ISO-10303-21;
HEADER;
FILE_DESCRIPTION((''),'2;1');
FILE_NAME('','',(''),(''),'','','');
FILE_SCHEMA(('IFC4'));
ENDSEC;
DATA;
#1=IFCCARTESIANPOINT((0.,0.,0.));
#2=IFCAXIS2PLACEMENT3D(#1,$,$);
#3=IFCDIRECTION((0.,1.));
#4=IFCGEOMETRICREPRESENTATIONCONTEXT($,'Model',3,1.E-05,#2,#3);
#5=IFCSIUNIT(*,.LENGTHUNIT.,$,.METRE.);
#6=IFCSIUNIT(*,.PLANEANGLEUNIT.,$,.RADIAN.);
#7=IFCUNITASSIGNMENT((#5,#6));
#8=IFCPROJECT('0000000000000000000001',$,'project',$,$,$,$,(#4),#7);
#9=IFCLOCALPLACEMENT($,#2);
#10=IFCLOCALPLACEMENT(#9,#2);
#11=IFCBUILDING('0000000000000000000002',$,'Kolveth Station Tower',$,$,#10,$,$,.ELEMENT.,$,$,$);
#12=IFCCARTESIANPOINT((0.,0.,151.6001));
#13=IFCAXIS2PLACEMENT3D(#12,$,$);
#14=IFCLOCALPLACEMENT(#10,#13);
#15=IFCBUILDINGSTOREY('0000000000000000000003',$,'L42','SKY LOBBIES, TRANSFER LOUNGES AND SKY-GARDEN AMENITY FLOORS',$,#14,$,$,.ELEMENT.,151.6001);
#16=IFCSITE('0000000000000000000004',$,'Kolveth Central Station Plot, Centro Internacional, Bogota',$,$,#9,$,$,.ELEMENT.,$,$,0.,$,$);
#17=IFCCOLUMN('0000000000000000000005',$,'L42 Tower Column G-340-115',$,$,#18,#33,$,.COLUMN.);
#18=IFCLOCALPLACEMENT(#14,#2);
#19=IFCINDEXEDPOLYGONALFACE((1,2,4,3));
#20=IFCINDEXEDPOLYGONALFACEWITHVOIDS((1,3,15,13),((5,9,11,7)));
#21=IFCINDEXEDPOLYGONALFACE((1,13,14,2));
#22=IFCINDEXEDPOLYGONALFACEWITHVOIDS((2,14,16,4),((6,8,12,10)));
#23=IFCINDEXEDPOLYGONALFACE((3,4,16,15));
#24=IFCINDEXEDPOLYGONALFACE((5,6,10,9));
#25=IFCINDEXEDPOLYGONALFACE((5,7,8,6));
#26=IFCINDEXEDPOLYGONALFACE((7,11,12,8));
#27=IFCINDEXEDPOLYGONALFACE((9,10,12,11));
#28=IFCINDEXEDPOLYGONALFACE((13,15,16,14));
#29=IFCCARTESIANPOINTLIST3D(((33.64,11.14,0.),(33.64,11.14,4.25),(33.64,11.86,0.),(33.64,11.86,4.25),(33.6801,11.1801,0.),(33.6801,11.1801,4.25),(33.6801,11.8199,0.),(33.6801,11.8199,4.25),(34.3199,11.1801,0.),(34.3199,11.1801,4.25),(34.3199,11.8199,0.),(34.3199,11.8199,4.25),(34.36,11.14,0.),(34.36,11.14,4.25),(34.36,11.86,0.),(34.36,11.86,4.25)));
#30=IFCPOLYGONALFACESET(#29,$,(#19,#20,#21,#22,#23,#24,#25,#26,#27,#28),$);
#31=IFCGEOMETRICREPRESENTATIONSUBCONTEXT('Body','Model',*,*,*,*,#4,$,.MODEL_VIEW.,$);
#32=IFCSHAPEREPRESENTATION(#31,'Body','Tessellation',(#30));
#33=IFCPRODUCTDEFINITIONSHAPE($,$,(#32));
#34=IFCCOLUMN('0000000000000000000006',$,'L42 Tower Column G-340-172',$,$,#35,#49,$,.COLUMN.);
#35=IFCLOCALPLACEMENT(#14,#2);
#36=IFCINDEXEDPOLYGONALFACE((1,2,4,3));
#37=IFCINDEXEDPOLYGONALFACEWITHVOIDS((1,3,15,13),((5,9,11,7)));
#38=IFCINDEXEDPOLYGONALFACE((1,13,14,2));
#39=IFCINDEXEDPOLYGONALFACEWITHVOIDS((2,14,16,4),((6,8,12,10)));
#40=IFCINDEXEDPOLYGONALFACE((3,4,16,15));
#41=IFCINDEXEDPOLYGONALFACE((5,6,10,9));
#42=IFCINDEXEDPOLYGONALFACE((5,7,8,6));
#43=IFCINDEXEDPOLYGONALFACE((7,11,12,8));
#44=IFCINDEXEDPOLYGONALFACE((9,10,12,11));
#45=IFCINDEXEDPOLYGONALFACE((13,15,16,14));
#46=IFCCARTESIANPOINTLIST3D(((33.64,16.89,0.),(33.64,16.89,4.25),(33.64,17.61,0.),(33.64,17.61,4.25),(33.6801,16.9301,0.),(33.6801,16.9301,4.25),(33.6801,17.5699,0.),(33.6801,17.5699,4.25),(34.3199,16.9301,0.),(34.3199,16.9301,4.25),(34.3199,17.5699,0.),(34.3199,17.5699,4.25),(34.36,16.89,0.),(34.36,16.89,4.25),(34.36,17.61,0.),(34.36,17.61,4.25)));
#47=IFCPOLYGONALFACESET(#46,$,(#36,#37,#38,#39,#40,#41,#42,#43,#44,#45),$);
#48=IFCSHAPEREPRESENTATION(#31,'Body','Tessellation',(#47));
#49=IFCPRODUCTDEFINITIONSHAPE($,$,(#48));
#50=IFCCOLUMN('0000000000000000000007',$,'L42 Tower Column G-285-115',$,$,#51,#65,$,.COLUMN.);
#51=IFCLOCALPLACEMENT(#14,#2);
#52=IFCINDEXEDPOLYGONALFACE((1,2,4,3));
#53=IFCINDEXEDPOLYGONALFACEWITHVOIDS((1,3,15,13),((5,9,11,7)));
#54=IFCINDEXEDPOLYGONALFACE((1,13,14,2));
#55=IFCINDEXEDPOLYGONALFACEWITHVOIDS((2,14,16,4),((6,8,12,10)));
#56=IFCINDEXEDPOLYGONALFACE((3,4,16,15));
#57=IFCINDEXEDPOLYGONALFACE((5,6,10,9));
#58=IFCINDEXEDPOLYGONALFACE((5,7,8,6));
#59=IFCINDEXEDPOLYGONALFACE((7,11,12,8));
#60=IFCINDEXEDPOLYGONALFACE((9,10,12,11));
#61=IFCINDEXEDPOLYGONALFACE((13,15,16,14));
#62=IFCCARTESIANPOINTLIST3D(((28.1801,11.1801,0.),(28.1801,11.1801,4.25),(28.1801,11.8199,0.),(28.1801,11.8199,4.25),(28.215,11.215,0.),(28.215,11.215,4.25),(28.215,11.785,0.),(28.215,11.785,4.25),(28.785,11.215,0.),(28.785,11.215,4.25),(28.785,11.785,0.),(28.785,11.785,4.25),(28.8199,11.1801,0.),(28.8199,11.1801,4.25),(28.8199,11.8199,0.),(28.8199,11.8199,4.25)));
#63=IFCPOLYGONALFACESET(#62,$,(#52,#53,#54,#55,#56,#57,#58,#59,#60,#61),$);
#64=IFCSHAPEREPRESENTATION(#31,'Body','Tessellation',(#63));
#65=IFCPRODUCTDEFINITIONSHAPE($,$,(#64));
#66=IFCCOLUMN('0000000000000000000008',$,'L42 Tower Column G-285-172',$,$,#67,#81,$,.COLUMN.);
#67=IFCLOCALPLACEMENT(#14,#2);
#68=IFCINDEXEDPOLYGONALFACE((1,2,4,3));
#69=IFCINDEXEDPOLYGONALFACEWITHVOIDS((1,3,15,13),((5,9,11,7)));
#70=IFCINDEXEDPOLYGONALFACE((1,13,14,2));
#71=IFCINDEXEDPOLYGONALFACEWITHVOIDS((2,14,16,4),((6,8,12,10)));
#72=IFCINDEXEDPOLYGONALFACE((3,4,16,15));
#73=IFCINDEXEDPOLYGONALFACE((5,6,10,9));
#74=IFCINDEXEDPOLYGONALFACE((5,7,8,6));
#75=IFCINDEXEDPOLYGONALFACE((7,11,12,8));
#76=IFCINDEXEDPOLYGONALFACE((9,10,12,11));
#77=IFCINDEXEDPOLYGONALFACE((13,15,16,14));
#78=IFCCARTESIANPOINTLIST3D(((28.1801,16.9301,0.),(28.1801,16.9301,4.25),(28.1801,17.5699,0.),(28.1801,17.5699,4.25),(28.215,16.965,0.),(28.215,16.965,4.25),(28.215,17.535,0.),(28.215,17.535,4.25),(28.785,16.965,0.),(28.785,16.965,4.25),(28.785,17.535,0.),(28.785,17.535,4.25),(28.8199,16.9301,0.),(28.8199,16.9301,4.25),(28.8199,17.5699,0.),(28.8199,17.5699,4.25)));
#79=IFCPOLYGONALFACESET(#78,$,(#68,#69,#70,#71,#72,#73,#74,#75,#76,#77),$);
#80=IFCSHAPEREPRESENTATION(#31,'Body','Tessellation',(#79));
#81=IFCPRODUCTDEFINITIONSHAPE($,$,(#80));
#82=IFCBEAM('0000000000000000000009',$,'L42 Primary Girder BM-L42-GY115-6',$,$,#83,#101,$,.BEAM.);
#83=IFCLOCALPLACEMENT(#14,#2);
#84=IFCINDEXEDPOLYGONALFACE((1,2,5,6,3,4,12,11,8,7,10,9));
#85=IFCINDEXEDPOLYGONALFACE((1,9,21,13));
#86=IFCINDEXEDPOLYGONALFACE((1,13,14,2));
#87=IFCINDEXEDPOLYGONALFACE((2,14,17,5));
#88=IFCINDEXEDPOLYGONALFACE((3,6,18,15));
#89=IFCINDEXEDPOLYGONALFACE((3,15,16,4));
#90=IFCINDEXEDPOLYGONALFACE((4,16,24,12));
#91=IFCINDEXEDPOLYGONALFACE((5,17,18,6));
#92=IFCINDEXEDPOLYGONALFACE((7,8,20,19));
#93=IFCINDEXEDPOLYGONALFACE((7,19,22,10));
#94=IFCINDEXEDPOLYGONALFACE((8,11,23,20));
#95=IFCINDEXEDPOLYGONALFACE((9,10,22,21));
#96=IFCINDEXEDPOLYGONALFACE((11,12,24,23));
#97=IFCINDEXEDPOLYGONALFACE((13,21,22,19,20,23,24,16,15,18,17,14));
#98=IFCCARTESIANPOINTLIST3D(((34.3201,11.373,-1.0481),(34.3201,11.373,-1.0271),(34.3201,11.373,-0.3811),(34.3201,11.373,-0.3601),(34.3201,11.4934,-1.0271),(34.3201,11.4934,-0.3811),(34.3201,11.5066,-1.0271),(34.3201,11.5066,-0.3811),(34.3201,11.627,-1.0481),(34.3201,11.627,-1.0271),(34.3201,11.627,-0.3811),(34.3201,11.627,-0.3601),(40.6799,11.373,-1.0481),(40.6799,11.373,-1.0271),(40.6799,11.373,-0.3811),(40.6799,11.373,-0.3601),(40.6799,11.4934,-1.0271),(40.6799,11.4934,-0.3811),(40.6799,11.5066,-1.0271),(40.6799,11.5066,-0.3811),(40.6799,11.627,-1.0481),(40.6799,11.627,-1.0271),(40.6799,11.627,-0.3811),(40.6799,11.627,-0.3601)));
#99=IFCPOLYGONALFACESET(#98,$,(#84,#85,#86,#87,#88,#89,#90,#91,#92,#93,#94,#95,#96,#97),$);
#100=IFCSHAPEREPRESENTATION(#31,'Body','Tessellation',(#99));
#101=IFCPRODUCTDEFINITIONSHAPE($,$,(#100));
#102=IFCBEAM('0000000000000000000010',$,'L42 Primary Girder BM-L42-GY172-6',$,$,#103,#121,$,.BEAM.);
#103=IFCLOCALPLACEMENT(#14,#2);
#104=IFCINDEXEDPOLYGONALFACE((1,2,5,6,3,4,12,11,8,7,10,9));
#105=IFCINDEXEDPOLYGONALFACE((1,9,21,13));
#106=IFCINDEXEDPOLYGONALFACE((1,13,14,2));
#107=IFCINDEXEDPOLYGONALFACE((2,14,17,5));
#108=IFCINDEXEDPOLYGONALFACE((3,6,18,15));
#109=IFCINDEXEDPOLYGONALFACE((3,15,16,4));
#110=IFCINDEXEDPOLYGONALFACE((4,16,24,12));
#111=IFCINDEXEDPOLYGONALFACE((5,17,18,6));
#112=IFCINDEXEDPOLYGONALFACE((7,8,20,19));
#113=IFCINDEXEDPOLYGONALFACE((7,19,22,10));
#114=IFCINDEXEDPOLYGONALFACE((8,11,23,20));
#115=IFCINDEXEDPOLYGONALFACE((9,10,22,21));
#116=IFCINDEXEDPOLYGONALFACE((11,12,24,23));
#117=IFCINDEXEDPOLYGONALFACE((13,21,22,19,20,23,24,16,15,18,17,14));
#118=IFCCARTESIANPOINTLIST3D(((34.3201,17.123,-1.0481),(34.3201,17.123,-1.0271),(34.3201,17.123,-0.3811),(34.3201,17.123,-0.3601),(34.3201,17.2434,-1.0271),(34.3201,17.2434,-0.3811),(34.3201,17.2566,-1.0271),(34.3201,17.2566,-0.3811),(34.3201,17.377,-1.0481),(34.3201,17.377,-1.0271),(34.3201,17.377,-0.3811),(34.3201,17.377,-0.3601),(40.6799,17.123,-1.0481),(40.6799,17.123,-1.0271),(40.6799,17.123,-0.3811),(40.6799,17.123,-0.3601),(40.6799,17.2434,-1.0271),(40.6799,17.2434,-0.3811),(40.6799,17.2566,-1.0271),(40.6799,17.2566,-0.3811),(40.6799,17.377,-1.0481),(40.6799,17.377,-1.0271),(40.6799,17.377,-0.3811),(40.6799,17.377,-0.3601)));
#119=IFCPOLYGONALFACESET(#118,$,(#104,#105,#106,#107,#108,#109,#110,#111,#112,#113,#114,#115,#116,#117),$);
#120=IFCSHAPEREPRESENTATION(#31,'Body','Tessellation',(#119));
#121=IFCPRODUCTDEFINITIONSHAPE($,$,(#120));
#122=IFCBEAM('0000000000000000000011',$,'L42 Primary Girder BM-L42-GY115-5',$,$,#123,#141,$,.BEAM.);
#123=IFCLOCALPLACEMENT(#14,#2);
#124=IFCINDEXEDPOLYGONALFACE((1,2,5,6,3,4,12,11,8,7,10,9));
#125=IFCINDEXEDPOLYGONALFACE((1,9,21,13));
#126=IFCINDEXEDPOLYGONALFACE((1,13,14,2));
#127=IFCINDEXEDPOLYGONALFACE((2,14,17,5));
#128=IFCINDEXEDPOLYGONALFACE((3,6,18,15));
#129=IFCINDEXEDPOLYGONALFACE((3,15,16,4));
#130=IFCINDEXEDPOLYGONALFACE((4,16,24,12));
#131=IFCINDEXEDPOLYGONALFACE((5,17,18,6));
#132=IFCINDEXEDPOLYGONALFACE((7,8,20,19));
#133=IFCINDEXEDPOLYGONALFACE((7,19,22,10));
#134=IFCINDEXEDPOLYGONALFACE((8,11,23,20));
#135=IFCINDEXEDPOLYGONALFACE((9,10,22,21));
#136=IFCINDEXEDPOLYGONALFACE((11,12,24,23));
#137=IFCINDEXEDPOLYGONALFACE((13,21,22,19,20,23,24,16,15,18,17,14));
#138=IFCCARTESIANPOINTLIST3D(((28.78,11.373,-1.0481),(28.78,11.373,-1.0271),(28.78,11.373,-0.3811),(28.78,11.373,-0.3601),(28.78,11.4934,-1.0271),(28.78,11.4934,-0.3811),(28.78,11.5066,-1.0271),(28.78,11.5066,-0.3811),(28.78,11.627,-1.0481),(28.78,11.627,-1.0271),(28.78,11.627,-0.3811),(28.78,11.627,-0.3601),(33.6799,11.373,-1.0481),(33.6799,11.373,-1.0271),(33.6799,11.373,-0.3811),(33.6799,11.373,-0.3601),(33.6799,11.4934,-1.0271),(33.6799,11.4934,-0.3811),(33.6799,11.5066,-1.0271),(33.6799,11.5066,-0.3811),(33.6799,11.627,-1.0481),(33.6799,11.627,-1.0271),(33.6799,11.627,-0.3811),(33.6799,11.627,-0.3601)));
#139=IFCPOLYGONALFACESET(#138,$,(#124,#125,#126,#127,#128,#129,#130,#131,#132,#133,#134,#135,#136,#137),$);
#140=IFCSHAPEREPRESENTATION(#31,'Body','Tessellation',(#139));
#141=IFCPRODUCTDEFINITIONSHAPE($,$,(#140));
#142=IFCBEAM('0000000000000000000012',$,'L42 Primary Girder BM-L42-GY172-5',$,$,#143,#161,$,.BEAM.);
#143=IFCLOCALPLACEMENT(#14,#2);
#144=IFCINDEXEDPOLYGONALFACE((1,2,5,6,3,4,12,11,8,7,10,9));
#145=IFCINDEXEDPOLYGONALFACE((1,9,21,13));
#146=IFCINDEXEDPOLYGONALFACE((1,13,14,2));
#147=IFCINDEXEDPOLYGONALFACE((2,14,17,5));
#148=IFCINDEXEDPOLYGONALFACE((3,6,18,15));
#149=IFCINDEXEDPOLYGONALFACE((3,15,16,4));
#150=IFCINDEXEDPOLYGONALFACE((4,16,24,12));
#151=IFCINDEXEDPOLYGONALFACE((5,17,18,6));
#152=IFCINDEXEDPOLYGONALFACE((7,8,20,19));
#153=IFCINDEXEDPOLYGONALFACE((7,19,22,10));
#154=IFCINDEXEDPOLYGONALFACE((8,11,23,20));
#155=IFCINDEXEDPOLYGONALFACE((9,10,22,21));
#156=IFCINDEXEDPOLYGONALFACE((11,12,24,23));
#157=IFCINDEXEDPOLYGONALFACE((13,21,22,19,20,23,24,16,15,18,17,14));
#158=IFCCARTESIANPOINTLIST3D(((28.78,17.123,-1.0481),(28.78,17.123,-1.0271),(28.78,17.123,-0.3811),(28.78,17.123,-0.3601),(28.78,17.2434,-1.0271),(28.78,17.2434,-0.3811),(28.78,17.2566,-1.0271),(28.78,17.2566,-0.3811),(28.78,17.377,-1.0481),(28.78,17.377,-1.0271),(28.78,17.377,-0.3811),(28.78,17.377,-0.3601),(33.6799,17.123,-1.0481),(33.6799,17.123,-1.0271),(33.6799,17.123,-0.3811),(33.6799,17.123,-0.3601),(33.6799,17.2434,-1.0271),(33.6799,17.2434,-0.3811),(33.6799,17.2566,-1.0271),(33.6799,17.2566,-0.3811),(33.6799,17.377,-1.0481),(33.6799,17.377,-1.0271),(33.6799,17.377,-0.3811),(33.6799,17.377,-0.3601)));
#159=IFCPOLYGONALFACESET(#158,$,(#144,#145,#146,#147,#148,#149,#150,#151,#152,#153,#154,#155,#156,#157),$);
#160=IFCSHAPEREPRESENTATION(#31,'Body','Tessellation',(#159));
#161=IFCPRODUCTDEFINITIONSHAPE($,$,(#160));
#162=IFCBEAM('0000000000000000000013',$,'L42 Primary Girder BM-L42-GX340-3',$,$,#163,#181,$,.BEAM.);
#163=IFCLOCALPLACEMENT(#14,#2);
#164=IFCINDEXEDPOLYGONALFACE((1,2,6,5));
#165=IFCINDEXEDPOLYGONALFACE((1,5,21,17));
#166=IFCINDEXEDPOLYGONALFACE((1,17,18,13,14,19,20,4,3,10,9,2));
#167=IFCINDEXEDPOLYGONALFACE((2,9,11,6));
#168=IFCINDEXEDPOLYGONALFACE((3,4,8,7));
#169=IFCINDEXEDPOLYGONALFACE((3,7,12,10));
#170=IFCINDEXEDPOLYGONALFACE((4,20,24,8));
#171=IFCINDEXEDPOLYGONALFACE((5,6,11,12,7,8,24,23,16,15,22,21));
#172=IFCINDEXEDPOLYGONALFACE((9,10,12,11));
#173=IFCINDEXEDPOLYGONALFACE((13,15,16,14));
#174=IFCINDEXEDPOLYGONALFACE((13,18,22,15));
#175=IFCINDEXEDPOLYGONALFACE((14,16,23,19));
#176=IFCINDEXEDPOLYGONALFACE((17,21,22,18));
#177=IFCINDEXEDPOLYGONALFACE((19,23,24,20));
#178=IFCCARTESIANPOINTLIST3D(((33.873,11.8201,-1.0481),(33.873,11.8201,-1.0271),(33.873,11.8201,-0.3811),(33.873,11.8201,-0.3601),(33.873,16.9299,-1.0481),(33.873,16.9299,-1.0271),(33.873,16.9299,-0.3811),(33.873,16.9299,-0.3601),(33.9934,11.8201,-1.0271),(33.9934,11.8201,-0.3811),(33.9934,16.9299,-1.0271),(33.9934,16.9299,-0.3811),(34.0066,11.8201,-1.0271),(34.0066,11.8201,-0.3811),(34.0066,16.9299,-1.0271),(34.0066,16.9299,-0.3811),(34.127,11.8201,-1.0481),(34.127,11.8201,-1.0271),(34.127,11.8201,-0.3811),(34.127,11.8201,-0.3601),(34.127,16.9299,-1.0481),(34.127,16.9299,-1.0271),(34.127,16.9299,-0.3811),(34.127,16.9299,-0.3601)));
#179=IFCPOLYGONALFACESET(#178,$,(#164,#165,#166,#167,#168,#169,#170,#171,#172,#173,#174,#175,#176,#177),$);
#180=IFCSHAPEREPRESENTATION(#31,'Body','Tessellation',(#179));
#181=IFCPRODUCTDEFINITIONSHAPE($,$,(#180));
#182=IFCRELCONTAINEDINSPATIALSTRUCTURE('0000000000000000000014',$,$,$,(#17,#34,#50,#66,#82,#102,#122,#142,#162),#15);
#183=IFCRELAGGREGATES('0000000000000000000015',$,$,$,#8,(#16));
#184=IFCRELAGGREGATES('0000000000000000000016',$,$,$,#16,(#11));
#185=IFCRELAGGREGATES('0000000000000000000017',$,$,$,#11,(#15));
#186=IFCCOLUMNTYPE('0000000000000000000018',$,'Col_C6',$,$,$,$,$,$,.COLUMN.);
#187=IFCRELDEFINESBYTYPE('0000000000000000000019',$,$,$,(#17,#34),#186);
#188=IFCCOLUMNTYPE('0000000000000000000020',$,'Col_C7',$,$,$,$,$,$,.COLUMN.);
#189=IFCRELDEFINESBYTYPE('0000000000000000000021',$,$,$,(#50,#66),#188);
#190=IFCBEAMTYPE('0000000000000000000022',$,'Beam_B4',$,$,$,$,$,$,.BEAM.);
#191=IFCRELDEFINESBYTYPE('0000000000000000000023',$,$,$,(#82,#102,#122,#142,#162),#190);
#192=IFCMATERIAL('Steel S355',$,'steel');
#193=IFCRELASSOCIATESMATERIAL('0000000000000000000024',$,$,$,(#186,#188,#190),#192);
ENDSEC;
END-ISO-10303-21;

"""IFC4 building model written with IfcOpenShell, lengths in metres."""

from ifc_helpers import new_model, si_unit, direction, frame, origin, origin_2d, place, context, subcontext, project, spatial, hollow_rectangle, i_section, extrude, source, transform, mapped, material, material_profile, profile_set, type_object, element, save


model = new_model("IFC4")

# Units and contexts
model_context = context("Model", 3, precision=1e-05, world=origin(), true_north=direction((0.0, 1.0)))
body_context = subcontext(model_context, "Body", "Model", "MODEL_VIEW")
ifc_project = project(units=[si_unit("LENGTHUNIT", "METRE"), si_unit("PLANEANGLEUNIT", "RADIAN")], contexts=[model_context])

# Site, building, storey
site_placement = place(None, origin())
site = spatial("IfcSite", under=ifc_project, at=site_placement, Name="Kolveth Central Station Plot, Centro Internacional, Bogota", CompositionType="ELEMENT", RefElevation=0.0)
building_placement = place(site_placement, origin())
building = spatial("IfcBuilding", under=site, at=building_placement, Name="Kolveth Station Tower", CompositionType="ELEMENT")
storey_placement = place(building_placement, frame((0.0, 0.0, 151.6001)))
storey = spatial("IfcBuildingStorey", under=building, at=storey_placement, Name="L42", Description="SKY LOBBIES, TRANSFER LOUNGES AND SKY-GARDEN AMENITY FLOORS", CompositionType="ELEMENT", Elevation=151.6001)

# Columns
ifc_material_1 = material(Name="Steel S355", Category="steel")
ifc_material_profile_1 = material_profile(ifc_material_1, hollow_rectangle(XDim=0.72, YDim=0.72, WallThickness=0.04, at=origin_2d()), Name="BOX720x720x40")
ifc_profile_set_1 = profile_set([ifc_material_profile_1], Name="Steel S355")
column_type_1 = type_object("IfcColumnType", Name="Col_C6", PredefinedType="COLUMN", material=ifc_profile_set_1)
shared_shape_1 = source(origin(), body_context, "Body", "SweptSolid", [
    extrude(hollow_rectangle(XDim=0.72, YDim=0.72, WallThickness=0.04, at=origin_2d()), origin(), (0.0, 0.0, 1.0), 4.25),
])
for number, where, z_axis, x_axis, name in (
    (1, (34.0, 11.5, 0.0), (0.0, 0.0, 1.0), (1.0, 0.0, 0.0), "L42 Tower Column G-340-115"),
    (2, (34.0, 17.25, 0.0), (0.0, 0.0, 1.0), (1.0, 0.0, 0.0), "L42 Tower Column G-340-172"),
):
    element("IfcColumn", number, at=place(storey_placement, frame(where, z_axis=z_axis, x_axis=x_axis)), inside=storey, type_object=column_type_1, Name=name, PredefinedType="COLUMN", context=body_context, shape_type="MappedRepresentation", body=[
        mapped(shared_shape_1, transform((0.0, 0.0, 0.0), x_axis=(1.0, 0.0, 0.0), y_axis=(0.0, 1.0, 0.0), z_axis=(0.0, 0.0, 1.0), scale=1.0)),
    ])
ifc_material_profile_2 = material_profile(ifc_material_1, hollow_rectangle(XDim=0.6399, YDim=0.6399, WallThickness=0.0349, at=origin_2d()), Name="BOX640x640x35")
ifc_profile_set_2 = profile_set([ifc_material_profile_2], Name="Steel S355")
column_type_2 = type_object("IfcColumnType", Name="Col_C7", PredefinedType="COLUMN", material=ifc_profile_set_2)
shared_shape_2 = source(origin(), body_context, "Body", "SweptSolid", [
    extrude(hollow_rectangle(XDim=0.6399, YDim=0.6399, WallThickness=0.0349, at=origin_2d()), origin(), (0.0, 0.0, 1.0), 4.25),
])
for number, where, z_axis, x_axis, name in (
    (3, (28.5, 11.5, 0.0), (0.0, 0.0, 1.0), (1.0, 0.0, 0.0), "L42 Tower Column G-285-115"),
    (4, (28.5, 17.25, 0.0), (0.0, 0.0, 1.0), (1.0, 0.0, 0.0), "L42 Tower Column G-285-172"),
):
    element("IfcColumn", number, at=place(storey_placement, frame(where, z_axis=z_axis, x_axis=x_axis)), inside=storey, type_object=column_type_2, Name=name, PredefinedType="COLUMN", context=body_context, shape_type="MappedRepresentation", body=[
        mapped(shared_shape_2, transform((0.0, 0.0, 0.0), x_axis=(1.0, 0.0, 0.0), y_axis=(0.0, 1.0, 0.0), z_axis=(0.0, 0.0, 1.0), scale=1.0)),
    ])

# Beams
ifc_material_profile_3 = material_profile(ifc_material_1, i_section(OverallWidth=0.2539, OverallDepth=0.688, WebThickness=0.0132, FlangeThickness=0.021, at=origin_2d()), Name="W690x152")
ifc_profile_set_3 = profile_set([ifc_material_profile_3], Name="Steel S355")
beam_type_1 = type_object("IfcBeamType", Name="Beam_B4", PredefinedType="BEAM", material=ifc_profile_set_3)
shared_shape_3 = source(origin(), body_context, "Body", "SweptSolid", [
    extrude(i_section(OverallWidth=0.2539, OverallDepth=0.688, WebThickness=0.0132, FlangeThickness=0.021, at=origin_2d()), origin(), (0.0, 0.0, 1.0), 6.3599),
])
for number, where, z_axis, x_axis, name in (
    (5, (34.3201, 11.5, -0.7041), (1.0, 0.0, 0.0), (0.0, 1.0, 0.0), "L42 Primary Girder BM-L42-GY115-6"),
    (6, (34.3201, 17.25, -0.7041), (1.0, 0.0, 0.0), (0.0, 1.0, 0.0), "L42 Primary Girder BM-L42-GY172-6"),
):
    element("IfcBeam", number, at=place(storey_placement, frame(where, z_axis=z_axis, x_axis=x_axis)), inside=storey, type_object=beam_type_1, Name=name, PredefinedType="BEAM", context=body_context, shape_type="MappedRepresentation", body=[
        mapped(shared_shape_3, transform((0.0, 0.0, 0.0), x_axis=(1.0, 0.0, 0.0), y_axis=(0.0, 1.0, 0.0), z_axis=(0.0, 0.0, 1.0), scale=1.0)),
    ])
shared_shape_4 = source(origin(), body_context, "Body", "SweptSolid", [
    extrude(i_section(OverallWidth=0.2539, OverallDepth=0.688, WebThickness=0.0132, FlangeThickness=0.021, at=origin_2d()), origin(), (0.0, 0.0, 1.0), 4.8999),
])
for number, where, z_axis, x_axis, name in (
    (7, (28.78, 11.5, -0.7041), (1.0, 0.0, 0.0), (0.0, 1.0, 0.0), "L42 Primary Girder BM-L42-GY115-5"),
    (8, (28.78, 17.25, -0.7041), (1.0, 0.0, 0.0), (0.0, 1.0, 0.0), "L42 Primary Girder BM-L42-GY172-5"),
):
    element("IfcBeam", number, at=place(storey_placement, frame(where, z_axis=z_axis, x_axis=x_axis)), inside=storey, type_object=beam_type_1, Name=name, PredefinedType="BEAM", context=body_context, shape_type="MappedRepresentation", body=[
        mapped(shared_shape_4, transform((0.0, 0.0, 0.0), x_axis=(1.0, 0.0, 0.0), y_axis=(0.0, 1.0, 0.0), z_axis=(0.0, 0.0, 1.0), scale=1.0)),
    ])
shared_shape_5 = source(origin(), body_context, "Body", "SweptSolid", [
    extrude(i_section(OverallWidth=0.2539, OverallDepth=0.688, WebThickness=0.0132, FlangeThickness=0.021, at=origin_2d()), origin(), (0.0, 0.0, 1.0), 5.1099),
])
for number, where, z_axis, x_axis, name in (
    (9, (34.0, 11.8201, -0.7041), (0.0, 1.0, 0.0), (-1.0, 0.0, 0.0), "L42 Primary Girder BM-L42-GX340-3"),
):
    element("IfcBeam", number, at=place(storey_placement, frame(where, z_axis=z_axis, x_axis=x_axis)), inside=storey, type_object=beam_type_1, Name=name, PredefinedType="BEAM", context=body_context, shape_type="MappedRepresentation", body=[
        mapped(shared_shape_5, transform((0.0, 0.0, 0.0), x_axis=(1.0, 0.0, 0.0), y_axis=(0.0, 1.0, 0.0), z_axis=(0.0, 0.0, 1.0), scale=1.0)),
    ])

save(model, "model.ifc")
